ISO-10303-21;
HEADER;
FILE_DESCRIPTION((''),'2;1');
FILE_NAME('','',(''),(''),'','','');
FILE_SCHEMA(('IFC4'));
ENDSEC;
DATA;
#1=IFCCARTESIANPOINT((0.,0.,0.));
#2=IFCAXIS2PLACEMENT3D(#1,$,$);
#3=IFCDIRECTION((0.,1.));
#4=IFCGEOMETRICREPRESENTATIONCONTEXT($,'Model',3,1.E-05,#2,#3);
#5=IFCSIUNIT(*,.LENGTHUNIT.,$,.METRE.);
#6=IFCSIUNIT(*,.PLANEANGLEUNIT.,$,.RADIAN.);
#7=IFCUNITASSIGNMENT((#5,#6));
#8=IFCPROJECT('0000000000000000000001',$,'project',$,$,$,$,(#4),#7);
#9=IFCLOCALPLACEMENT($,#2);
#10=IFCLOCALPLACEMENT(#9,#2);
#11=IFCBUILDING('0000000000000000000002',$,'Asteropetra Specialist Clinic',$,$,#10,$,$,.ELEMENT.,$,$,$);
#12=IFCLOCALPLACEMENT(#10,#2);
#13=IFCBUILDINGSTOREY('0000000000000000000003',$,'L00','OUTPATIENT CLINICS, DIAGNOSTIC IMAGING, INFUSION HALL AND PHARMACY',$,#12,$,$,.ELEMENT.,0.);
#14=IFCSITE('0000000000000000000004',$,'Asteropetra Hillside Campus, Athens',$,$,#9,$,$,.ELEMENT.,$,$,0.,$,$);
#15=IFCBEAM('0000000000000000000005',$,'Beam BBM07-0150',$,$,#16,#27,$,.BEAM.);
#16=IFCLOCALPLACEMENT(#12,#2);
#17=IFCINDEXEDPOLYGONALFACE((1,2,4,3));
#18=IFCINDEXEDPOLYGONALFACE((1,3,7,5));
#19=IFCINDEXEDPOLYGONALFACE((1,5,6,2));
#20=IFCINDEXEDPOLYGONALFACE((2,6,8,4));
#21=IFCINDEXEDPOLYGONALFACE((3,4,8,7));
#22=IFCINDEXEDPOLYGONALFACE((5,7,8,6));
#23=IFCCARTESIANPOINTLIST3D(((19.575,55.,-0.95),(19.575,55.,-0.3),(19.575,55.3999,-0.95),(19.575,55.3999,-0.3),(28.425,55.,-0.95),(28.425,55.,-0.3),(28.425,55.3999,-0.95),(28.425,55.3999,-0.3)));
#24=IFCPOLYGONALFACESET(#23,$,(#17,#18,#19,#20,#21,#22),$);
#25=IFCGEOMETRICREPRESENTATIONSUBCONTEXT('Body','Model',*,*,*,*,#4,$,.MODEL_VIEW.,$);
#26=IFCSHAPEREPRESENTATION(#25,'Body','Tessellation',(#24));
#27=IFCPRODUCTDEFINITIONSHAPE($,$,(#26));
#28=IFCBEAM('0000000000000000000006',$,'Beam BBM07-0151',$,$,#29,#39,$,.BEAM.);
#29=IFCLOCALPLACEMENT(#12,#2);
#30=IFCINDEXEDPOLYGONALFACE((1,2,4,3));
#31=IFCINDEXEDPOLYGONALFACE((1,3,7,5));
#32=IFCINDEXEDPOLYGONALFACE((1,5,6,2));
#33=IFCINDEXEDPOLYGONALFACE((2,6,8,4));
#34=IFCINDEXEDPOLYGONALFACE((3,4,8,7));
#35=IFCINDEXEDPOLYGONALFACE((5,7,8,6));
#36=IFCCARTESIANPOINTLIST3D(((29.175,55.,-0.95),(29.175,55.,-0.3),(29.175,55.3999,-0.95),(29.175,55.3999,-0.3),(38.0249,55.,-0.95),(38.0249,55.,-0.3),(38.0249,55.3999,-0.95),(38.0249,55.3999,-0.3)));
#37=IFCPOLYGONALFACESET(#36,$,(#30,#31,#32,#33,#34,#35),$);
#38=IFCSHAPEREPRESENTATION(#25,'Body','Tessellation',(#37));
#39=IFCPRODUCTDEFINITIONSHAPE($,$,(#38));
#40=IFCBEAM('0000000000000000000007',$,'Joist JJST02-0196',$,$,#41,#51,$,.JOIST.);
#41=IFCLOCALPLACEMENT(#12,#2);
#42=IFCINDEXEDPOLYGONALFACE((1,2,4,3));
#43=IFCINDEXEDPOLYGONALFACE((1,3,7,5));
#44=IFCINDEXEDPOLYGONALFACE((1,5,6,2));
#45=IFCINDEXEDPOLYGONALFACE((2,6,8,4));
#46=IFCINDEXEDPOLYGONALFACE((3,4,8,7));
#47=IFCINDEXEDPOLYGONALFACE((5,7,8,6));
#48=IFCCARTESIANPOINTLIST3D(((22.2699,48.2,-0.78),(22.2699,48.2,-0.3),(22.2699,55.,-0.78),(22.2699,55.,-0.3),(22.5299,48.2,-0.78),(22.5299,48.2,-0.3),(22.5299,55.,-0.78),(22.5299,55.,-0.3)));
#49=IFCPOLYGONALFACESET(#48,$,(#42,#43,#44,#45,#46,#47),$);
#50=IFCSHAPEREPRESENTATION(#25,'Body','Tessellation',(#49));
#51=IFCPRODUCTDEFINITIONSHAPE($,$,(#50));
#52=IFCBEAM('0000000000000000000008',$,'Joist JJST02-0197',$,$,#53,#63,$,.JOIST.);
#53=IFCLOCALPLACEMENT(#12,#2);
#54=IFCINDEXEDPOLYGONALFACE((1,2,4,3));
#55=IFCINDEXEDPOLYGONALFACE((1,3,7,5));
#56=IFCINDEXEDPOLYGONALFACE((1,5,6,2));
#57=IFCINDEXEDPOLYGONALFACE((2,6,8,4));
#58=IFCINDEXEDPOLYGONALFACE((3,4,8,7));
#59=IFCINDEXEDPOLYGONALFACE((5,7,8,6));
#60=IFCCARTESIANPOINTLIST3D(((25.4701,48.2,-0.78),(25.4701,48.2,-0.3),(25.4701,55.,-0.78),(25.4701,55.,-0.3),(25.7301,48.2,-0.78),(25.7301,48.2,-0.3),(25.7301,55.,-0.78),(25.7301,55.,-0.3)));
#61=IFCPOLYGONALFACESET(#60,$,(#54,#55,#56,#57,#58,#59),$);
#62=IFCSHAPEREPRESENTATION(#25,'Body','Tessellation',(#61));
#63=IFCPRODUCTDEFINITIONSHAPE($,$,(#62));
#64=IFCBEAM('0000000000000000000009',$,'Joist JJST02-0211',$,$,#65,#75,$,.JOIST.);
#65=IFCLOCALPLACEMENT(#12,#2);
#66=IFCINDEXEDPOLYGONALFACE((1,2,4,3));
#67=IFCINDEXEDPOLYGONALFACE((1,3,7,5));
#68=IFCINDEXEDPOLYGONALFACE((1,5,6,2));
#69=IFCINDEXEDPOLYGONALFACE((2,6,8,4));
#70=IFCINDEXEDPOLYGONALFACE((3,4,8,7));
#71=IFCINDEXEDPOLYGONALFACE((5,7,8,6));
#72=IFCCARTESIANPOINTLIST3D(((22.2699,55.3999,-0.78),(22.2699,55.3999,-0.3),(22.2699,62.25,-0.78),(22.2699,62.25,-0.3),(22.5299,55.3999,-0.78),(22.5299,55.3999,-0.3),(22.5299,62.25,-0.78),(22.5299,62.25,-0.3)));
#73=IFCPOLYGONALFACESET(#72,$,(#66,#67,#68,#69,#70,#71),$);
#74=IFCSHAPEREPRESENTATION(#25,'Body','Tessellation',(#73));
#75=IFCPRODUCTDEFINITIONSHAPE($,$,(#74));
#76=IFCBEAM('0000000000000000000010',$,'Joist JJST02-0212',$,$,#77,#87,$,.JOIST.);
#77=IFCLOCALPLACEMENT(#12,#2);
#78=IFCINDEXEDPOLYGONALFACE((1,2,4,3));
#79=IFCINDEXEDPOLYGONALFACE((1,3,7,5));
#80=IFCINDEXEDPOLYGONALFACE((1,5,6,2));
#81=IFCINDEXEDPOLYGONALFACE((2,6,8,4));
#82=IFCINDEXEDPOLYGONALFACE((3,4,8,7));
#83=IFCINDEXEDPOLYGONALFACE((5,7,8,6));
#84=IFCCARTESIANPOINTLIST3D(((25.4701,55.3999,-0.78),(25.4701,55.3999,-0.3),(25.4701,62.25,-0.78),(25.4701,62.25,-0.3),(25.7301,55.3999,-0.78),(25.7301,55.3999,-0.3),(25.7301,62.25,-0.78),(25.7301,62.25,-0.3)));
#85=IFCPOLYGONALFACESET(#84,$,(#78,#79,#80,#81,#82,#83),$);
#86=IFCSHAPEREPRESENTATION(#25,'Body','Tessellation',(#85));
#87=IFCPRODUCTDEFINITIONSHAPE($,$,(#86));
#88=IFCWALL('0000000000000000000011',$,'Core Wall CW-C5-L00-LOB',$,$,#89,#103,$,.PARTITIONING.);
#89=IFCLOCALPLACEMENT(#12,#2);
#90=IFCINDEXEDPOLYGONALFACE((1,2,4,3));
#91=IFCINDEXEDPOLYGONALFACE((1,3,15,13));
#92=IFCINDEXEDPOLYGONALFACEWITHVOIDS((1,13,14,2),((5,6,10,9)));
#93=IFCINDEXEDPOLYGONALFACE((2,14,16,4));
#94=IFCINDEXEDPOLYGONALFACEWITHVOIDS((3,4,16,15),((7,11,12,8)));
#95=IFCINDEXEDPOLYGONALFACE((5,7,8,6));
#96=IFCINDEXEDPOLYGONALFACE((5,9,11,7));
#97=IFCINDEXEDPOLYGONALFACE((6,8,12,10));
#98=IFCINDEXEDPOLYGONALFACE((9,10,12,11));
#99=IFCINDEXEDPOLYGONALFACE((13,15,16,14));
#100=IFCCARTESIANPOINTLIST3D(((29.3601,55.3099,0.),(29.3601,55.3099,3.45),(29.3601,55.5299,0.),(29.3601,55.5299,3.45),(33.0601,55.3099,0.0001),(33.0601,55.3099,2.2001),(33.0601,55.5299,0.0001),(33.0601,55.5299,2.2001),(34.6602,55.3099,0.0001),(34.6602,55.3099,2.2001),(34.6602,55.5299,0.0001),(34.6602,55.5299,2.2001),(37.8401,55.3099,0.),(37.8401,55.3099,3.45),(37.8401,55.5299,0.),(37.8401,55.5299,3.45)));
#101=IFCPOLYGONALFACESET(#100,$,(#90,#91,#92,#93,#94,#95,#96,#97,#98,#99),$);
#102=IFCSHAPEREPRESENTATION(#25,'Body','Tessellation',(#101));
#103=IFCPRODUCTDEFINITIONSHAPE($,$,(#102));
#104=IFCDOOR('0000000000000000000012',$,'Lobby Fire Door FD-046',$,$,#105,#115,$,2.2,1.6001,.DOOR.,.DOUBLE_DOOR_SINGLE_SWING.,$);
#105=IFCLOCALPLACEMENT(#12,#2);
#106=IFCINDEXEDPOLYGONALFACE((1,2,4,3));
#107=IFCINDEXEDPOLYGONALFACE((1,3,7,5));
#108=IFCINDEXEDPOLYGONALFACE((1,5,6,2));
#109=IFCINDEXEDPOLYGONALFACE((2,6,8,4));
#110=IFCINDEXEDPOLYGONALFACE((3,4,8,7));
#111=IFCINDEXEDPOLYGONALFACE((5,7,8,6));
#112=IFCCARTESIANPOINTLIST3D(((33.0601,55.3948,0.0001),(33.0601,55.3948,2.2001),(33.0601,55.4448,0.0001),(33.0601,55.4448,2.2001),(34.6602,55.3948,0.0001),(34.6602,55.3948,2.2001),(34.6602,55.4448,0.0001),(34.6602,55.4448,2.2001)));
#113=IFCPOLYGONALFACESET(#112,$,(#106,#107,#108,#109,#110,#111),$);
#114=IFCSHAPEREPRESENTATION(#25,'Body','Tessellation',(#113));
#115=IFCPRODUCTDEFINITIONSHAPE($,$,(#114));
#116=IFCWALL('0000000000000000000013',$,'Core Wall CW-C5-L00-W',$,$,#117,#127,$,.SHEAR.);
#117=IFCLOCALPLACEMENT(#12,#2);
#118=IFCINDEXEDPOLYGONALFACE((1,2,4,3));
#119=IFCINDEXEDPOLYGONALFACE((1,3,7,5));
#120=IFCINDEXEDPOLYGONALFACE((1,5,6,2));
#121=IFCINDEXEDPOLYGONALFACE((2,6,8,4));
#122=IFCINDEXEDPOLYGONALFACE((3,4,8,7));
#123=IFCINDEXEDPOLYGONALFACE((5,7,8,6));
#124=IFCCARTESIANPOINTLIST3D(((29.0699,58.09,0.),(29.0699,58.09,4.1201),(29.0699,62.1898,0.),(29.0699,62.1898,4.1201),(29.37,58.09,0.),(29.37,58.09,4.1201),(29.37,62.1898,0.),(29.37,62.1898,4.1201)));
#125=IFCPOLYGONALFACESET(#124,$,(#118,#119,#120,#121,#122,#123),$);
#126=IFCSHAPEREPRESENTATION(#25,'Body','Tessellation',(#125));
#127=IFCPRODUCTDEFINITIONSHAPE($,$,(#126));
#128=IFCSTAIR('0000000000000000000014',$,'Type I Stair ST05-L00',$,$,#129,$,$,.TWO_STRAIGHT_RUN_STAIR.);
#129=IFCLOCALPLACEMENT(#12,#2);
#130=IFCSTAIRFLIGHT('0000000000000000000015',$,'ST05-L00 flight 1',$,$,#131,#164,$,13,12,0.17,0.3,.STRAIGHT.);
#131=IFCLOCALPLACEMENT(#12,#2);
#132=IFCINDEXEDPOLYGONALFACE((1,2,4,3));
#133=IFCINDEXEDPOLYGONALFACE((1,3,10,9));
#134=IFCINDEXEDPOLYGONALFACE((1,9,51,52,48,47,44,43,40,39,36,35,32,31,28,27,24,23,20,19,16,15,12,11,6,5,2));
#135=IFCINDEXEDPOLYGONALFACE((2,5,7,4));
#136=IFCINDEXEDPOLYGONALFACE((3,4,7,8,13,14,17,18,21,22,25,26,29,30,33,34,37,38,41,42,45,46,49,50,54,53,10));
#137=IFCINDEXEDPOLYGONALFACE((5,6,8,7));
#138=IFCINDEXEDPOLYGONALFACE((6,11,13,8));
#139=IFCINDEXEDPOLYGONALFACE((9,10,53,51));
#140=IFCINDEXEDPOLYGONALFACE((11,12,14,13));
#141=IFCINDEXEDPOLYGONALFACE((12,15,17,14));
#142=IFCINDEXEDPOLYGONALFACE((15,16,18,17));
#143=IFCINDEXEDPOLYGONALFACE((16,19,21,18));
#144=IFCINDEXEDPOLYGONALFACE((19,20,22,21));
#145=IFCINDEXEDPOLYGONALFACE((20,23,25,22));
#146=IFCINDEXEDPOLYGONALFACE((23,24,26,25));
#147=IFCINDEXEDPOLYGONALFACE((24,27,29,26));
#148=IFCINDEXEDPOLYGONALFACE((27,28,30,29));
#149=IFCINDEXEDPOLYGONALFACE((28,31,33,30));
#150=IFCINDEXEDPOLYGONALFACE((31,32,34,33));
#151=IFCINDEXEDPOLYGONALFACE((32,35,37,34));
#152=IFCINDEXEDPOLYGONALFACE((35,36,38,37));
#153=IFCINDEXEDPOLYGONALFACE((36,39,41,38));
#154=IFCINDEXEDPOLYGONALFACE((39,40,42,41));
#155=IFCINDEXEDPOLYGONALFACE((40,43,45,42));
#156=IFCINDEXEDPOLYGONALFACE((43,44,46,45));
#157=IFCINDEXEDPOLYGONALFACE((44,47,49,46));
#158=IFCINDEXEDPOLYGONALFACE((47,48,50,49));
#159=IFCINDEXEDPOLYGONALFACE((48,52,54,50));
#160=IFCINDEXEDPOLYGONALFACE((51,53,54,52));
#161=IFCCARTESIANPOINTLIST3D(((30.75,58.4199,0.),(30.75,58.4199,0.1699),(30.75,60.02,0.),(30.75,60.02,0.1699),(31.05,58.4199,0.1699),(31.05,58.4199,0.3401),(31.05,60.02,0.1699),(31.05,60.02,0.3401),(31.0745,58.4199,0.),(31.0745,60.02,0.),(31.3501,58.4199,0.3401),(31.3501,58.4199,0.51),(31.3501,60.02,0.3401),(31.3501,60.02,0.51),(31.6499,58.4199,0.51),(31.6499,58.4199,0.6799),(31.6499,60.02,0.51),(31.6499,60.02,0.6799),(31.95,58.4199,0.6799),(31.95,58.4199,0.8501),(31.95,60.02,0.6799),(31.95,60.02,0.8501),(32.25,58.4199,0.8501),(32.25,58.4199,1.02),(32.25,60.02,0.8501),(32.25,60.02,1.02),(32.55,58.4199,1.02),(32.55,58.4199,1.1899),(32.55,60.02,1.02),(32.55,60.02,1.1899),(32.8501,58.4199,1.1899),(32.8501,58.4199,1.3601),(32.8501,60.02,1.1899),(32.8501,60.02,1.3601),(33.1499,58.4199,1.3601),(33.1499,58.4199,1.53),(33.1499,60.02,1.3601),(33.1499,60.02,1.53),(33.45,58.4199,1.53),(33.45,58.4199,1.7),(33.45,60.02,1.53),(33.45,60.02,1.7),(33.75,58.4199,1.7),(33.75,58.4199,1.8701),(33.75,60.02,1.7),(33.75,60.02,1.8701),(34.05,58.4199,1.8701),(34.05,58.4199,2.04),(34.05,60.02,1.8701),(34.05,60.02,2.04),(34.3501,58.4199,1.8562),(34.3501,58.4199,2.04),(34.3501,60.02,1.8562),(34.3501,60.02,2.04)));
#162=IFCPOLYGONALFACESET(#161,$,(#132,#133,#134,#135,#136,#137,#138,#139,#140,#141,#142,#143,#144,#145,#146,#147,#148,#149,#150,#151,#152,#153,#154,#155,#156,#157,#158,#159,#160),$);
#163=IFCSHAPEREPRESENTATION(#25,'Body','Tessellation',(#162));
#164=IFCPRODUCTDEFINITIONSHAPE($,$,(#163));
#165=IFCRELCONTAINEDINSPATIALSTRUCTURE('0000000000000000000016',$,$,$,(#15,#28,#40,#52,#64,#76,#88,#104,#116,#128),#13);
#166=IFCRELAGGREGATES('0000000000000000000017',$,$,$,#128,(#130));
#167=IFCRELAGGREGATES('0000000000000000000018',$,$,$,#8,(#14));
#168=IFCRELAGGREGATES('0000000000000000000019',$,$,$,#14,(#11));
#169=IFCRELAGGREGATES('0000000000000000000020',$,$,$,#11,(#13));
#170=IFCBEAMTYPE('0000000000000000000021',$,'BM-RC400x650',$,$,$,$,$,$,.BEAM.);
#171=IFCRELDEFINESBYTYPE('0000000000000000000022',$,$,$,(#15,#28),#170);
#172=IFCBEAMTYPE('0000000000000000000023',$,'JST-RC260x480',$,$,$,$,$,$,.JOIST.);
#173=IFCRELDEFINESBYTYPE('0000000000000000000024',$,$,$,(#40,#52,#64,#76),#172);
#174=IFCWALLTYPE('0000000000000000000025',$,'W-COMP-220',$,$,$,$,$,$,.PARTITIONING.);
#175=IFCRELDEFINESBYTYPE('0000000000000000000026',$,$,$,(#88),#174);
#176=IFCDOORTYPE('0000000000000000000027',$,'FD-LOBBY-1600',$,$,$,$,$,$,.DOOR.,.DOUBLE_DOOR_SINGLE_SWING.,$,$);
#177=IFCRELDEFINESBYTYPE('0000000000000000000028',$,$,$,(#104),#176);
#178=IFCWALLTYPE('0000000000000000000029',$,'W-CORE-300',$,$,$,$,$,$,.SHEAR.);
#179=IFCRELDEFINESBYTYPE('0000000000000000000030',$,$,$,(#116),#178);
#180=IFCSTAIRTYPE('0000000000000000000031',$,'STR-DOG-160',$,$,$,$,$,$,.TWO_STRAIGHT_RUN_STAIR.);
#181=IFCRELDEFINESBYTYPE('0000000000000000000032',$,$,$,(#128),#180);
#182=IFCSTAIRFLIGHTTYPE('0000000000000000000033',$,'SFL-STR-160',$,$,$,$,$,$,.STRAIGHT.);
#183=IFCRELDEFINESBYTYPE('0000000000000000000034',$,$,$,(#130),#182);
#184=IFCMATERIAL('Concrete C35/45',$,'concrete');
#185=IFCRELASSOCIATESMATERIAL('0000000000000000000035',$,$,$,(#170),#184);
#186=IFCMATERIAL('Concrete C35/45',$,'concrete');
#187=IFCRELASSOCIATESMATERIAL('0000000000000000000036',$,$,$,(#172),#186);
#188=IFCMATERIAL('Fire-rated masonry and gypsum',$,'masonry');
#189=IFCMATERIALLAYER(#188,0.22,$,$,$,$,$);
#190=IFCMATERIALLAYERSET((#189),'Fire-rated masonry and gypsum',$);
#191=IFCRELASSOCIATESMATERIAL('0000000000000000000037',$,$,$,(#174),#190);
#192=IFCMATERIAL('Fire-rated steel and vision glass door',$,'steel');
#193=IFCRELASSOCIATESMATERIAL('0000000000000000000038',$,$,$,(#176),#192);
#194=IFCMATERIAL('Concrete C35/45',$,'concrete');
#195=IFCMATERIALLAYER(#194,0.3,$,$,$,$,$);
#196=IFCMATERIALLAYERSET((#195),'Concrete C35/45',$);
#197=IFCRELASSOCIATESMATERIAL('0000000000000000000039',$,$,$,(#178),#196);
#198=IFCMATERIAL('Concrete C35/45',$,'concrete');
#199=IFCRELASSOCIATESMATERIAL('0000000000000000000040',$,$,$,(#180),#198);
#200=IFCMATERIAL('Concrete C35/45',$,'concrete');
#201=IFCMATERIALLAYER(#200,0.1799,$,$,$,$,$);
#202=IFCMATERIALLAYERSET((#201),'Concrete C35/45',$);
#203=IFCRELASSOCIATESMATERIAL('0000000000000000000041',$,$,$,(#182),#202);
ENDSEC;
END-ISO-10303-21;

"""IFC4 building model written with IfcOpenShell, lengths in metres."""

from ifc_helpers import new_model, si_unit, direction, frame, frame_2d, origin, origin_2d, place, context, subcontext, project, spatial, polyline, rectangle, outline, extrude, material, layer, layer_set, material_profile, profile_set, type_object, element, fill, aggregate, save


model = new_model("IFC4")

# Units and contexts
model_context = context("Model", 3, precision=1e-05, world=origin(), true_north=direction((0.0, 1.0)))
body_context = subcontext(model_context, "Body", "Model", "MODEL_VIEW")
ifc_project = project(units=[si_unit("LENGTHUNIT", "METRE"), si_unit("PLANEANGLEUNIT", "RADIAN")], contexts=[model_context])

# Site, building, storey
site_placement = place(None, origin())
site = spatial("IfcSite", under=ifc_project, at=site_placement, Name="Asteropetra Hillside Campus, Athens", CompositionType="ELEMENT", RefElevation=0.0)
building_placement = place(site_placement, origin())
building = spatial("IfcBuilding", under=site, at=building_placement, Name="Asteropetra Specialist Clinic", CompositionType="ELEMENT")
storey_placement = place(building_placement, origin())
storey = spatial("IfcBuildingStorey", under=building, at=storey_placement, Name="L00", Description="OUTPATIENT CLINICS, DIAGNOSTIC IMAGING, INFUSION HALL AND PHARMACY", CompositionType="ELEMENT", Elevation=0.0)

# Beams
ifc_material_1 = material(Name="Concrete C35/45", Category="concrete")
ifc_material_profile_1 = material_profile(ifc_material_1, rectangle(XDim=0.3999, YDim=0.6499, at=origin_2d()), Name="RCB 400x650")
ifc_profile_set_1 = profile_set([ifc_material_profile_1], Name="Concrete C35/45")
beam_type_1 = type_object("IfcBeamType", Name="BM-RC400x650", PredefinedType="BEAM", material=ifc_profile_set_1)
beam_1_placement = place(storey_placement, frame((19.575, 55.2, -0.625), z_axis=(1.0, 0.0, 0.0), x_axis=(0.0, 1.0, 0.0)))
element("IfcBeam", 1, at=beam_1_placement, inside=storey, type_object=beam_type_1, Name="Beam BBM07-0150", PredefinedType="BEAM", context=body_context, shape_type="SweptSolid", body=[
    extrude(rectangle(XDim=0.3999, YDim=0.6499, at=origin_2d()), origin(), (0.0, 0.0, 1.0), 8.8501),
])
beam_2_placement = place(storey_placement, frame((29.175, 55.2, -0.625), z_axis=(1.0, 0.0, 0.0), x_axis=(0.0, 1.0, 0.0)))
element("IfcBeam", 2, at=beam_2_placement, inside=storey, type_object=beam_type_1, Name="Beam BBM07-0151", PredefinedType="BEAM", context=body_context, shape_type="SweptSolid", body=[
    extrude(rectangle(XDim=0.3999, YDim=0.6499, at=origin_2d()), origin(), (0.0, 0.0, 1.0), 8.8499),
])
ifc_material_2 = material(Name="Concrete C35/45", Category="concrete")
ifc_material_profile_2 = material_profile(ifc_material_2, rectangle(XDim=0.26, YDim=0.48, at=origin_2d()), Name="RCJ 260x480")
ifc_profile_set_2 = profile_set([ifc_material_profile_2], Name="Concrete C35/45")
beam_type_2 = type_object("IfcBeamType", Name="JST-RC260x480", PredefinedType="JOIST", material=ifc_profile_set_2)
for number, where, z_axis, x_axis, name in (
    (3, (22.3999, 48.2, -0.54), (0.0, 1.0, 0.0), (-1.0, 0.0, 0.0), "Joist JJST02-0196"),
    (4, (25.6001, 48.2, -0.54), (0.0, 1.0, 0.0), (-1.0, 0.0, 0.0), "Joist JJST02-0197"),
):
    element("IfcBeam", number, at=place(storey_placement, frame(where, z_axis=z_axis, x_axis=x_axis)), inside=storey, type_object=beam_type_2, Name=name, PredefinedType="JOIST", context=body_context, shape_type="SweptSolid", body=[
        extrude(rectangle(XDim=0.26, YDim=0.48, at=origin_2d()), origin(), (0.0, 0.0, 1.0), 6.8),
    ])
for number, where, z_axis, x_axis, name in (
    (5, (22.3999, 55.3999, -0.54), (0.0, 1.0, 0.0), (-1.0, 0.0, 0.0), "Joist JJST02-0211"),
    (6, (25.6001, 55.3999, -0.54), (0.0, 1.0, 0.0), (-1.0, 0.0, 0.0), "Joist JJST02-0212"),
):
    element("IfcBeam", number, at=place(storey_placement, frame(where, z_axis=z_axis, x_axis=x_axis)), inside=storey, type_object=beam_type_2, Name=name, PredefinedType="JOIST", context=body_context, shape_type="SweptSolid", body=[
        extrude(rectangle(XDim=0.26, YDim=0.48, at=origin_2d()), origin(), (0.0, 0.0, 1.0), 6.8501),
    ])

# Wall, opening, door
ifc_material_3 = material(Name="Fire-rated masonry and gypsum", Category="masonry")
ifc_layer_1 = layer(ifc_material_3, 0.22)
ifc_layer_set_1 = layer_set([ifc_layer_1], Name="Fire-rated masonry and gypsum")
wall_type_1 = type_object("IfcWallType", Name="W-COMP-220", PredefinedType="PARTITIONING", material=ifc_layer_set_1)
wall_1_placement = place(storey_placement, frame((29.3601, 55.4199, 0.0), z_axis=(0.0, 0.0, 1.0), x_axis=(1.0, 0.0, 0.0)))
wall_1 = element("IfcWall", 7, at=wall_1_placement, inside=storey, type_object=wall_type_1, Name="Core Wall CW-C5-L00-LOB", PredefinedType="PARTITIONING", context=body_context, shape_type="SweptSolid", body=[
    extrude(rectangle(XDim=8.48, YDim=0.22, at=frame_2d((4.24, 0.0))), origin(), (0.0, 0.0, 1.0), 3.45),
])
opening_1_placement = place(wall_1_placement, frame((3.7, 0.0, 0.0)))
opening_1 = element("IfcOpeningElement", 8, at=opening_1_placement, cuts=wall_1, PredefinedType="OPENING", context=body_context, shape_type="SweptSolid", body=[
    extrude(rectangle(XDim=1.6001, YDim=2.2, at=frame_2d((0.8, 1.1001))), frame((0.0, 0.1199, 0.0), z_axis=(0.0, -1.0, 0.0), x_axis=(1.0, 0.0, 0.0)), (0.0, 0.0, 1.0), 0.24),
])
ifc_material_4 = material(Name="Fire-rated steel and vision glass door", Category="steel")
door_type_1 = type_object("IfcDoorType", Name="FD-LOBBY-1600", OperationType="DOUBLE_DOOR_SINGLE_SWING", PredefinedType="DOOR", material=ifc_material_4)
door_1_placement = place(opening_1_placement, origin())
door_1 = element("IfcDoor", 9, at=door_1_placement, inside=storey, type_object=door_type_1, Name="Lobby Fire Door FD-046", OperationType="DOUBLE_DOOR_SINGLE_SWING", OverallHeight=2.2, OverallWidth=1.6001, PredefinedType="DOOR", context=body_context, shape_type="SweptSolid", body=[
    extrude(rectangle(XDim=1.6001, YDim=2.2, at=frame_2d((0.8, 1.1001))), frame((0.0, 0.0249, 0.0), z_axis=(0.0, -1.0, 0.0), x_axis=(1.0, 0.0, 0.0)), (0.0, 0.0, 1.0), 0.05),
])
fill(opening_1, door_1)

# Wall
ifc_material_5 = material(Name="Concrete C35/45", Category="concrete")
ifc_layer_2 = layer(ifc_material_5, 0.3)
ifc_layer_set_2 = layer_set([ifc_layer_2], Name="Concrete C35/45")
wall_type_2 = type_object("IfcWallType", Name="W-CORE-300", PredefinedType="SHEAR", material=ifc_layer_set_2)
wall_2_placement = place(storey_placement, frame((29.22, 58.0901, 0.0), z_axis=(0.0, 0.0, 1.0), x_axis=(0.0, 1.0, 0.0)))
element("IfcWall", 10, at=wall_2_placement, inside=storey, type_object=wall_type_2, Name="Core Wall CW-C5-L00-W", PredefinedType="SHEAR", context=body_context, shape_type="SweptSolid", body=[
    extrude(rectangle(XDim=4.0999, YDim=0.3, at=frame_2d((2.0498, 0.0))), origin(), (0.0, 0.0, 1.0), 4.1201),
])

# Stair, stair flight
ifc_material_6 = material(Name="Concrete C35/45", Category="concrete")
stair_type = type_object("IfcStairType", Name="STR-DOG-160", PredefinedType="TWO_STRAIGHT_RUN_STAIR", material=ifc_material_6)
stair_placement = place(storey_placement, origin())
stair = element("IfcStair", 11, at=stair_placement, inside=storey, type_object=stair_type, Name="Type I Stair ST05-L00", PredefinedType="TWO_STRAIGHT_RUN_STAIR")
ifc_material_7 = material(Name="Concrete C35/45", Category="concrete")
ifc_layer_3 = layer(ifc_material_7, 0.1799)
ifc_layer_set_3 = layer_set([ifc_layer_3], Name="Concrete C35/45")
stair_flight_type = type_object("IfcStairFlightType", Name="SFL-STR-160", PredefinedType="STRAIGHT", material=ifc_layer_set_3)
stair_flight_placement = place(storey_placement, frame((30.75, 59.22, 0.0), z_axis=(0.0, 0.0, 1.0), x_axis=(1.0, 0.0, 0.0)))
stair_flight = element("IfcStairFlight", 12, at=stair_flight_placement, type_object=stair_flight_type, Name="ST05-L00 flight 1", NumberOfRisers=13, NumberOfTreads=12, PredefinedType="STRAIGHT", RiserHeight=0.17, TreadLength=0.3, context=body_context, shape_type="SweptSolid", body=[
    extrude(outline(polyline([(0.0, 0.0), (0.0, 0.1699), (0.3, 0.1699), (0.3, 0.3401), (0.6001, 0.3401), (0.6001, 0.51), (0.8999, 0.51), (0.8999, 0.6799), (1.2, 0.6799), (1.2, 0.8501), (1.5, 0.8501), (1.5, 1.02), (1.8, 1.02), (1.8, 1.1899), (2.1001, 1.1899), (2.1001, 1.3601), (2.3999, 1.3601), (2.3999, 1.53), (2.7, 1.53), (2.7, 1.7), (3.0, 1.7), (3.0, 1.8701), (3.3, 1.8701), (3.3, 2.04), (3.6001, 2.04), (3.6001, 2.21), (3.6001, 1.8562), (0.3245, 0.0), (0.0, 0.0)])), frame((0.0, 0.8, 0.0), z_axis=(0.0, -1.0, 0.0), x_axis=(1.0, 0.0, 0.0)), (0.0, 0.0, 1.0), 1.6001),
])
aggregate(stair, [stair_flight])

save(model, "model.ifc")
